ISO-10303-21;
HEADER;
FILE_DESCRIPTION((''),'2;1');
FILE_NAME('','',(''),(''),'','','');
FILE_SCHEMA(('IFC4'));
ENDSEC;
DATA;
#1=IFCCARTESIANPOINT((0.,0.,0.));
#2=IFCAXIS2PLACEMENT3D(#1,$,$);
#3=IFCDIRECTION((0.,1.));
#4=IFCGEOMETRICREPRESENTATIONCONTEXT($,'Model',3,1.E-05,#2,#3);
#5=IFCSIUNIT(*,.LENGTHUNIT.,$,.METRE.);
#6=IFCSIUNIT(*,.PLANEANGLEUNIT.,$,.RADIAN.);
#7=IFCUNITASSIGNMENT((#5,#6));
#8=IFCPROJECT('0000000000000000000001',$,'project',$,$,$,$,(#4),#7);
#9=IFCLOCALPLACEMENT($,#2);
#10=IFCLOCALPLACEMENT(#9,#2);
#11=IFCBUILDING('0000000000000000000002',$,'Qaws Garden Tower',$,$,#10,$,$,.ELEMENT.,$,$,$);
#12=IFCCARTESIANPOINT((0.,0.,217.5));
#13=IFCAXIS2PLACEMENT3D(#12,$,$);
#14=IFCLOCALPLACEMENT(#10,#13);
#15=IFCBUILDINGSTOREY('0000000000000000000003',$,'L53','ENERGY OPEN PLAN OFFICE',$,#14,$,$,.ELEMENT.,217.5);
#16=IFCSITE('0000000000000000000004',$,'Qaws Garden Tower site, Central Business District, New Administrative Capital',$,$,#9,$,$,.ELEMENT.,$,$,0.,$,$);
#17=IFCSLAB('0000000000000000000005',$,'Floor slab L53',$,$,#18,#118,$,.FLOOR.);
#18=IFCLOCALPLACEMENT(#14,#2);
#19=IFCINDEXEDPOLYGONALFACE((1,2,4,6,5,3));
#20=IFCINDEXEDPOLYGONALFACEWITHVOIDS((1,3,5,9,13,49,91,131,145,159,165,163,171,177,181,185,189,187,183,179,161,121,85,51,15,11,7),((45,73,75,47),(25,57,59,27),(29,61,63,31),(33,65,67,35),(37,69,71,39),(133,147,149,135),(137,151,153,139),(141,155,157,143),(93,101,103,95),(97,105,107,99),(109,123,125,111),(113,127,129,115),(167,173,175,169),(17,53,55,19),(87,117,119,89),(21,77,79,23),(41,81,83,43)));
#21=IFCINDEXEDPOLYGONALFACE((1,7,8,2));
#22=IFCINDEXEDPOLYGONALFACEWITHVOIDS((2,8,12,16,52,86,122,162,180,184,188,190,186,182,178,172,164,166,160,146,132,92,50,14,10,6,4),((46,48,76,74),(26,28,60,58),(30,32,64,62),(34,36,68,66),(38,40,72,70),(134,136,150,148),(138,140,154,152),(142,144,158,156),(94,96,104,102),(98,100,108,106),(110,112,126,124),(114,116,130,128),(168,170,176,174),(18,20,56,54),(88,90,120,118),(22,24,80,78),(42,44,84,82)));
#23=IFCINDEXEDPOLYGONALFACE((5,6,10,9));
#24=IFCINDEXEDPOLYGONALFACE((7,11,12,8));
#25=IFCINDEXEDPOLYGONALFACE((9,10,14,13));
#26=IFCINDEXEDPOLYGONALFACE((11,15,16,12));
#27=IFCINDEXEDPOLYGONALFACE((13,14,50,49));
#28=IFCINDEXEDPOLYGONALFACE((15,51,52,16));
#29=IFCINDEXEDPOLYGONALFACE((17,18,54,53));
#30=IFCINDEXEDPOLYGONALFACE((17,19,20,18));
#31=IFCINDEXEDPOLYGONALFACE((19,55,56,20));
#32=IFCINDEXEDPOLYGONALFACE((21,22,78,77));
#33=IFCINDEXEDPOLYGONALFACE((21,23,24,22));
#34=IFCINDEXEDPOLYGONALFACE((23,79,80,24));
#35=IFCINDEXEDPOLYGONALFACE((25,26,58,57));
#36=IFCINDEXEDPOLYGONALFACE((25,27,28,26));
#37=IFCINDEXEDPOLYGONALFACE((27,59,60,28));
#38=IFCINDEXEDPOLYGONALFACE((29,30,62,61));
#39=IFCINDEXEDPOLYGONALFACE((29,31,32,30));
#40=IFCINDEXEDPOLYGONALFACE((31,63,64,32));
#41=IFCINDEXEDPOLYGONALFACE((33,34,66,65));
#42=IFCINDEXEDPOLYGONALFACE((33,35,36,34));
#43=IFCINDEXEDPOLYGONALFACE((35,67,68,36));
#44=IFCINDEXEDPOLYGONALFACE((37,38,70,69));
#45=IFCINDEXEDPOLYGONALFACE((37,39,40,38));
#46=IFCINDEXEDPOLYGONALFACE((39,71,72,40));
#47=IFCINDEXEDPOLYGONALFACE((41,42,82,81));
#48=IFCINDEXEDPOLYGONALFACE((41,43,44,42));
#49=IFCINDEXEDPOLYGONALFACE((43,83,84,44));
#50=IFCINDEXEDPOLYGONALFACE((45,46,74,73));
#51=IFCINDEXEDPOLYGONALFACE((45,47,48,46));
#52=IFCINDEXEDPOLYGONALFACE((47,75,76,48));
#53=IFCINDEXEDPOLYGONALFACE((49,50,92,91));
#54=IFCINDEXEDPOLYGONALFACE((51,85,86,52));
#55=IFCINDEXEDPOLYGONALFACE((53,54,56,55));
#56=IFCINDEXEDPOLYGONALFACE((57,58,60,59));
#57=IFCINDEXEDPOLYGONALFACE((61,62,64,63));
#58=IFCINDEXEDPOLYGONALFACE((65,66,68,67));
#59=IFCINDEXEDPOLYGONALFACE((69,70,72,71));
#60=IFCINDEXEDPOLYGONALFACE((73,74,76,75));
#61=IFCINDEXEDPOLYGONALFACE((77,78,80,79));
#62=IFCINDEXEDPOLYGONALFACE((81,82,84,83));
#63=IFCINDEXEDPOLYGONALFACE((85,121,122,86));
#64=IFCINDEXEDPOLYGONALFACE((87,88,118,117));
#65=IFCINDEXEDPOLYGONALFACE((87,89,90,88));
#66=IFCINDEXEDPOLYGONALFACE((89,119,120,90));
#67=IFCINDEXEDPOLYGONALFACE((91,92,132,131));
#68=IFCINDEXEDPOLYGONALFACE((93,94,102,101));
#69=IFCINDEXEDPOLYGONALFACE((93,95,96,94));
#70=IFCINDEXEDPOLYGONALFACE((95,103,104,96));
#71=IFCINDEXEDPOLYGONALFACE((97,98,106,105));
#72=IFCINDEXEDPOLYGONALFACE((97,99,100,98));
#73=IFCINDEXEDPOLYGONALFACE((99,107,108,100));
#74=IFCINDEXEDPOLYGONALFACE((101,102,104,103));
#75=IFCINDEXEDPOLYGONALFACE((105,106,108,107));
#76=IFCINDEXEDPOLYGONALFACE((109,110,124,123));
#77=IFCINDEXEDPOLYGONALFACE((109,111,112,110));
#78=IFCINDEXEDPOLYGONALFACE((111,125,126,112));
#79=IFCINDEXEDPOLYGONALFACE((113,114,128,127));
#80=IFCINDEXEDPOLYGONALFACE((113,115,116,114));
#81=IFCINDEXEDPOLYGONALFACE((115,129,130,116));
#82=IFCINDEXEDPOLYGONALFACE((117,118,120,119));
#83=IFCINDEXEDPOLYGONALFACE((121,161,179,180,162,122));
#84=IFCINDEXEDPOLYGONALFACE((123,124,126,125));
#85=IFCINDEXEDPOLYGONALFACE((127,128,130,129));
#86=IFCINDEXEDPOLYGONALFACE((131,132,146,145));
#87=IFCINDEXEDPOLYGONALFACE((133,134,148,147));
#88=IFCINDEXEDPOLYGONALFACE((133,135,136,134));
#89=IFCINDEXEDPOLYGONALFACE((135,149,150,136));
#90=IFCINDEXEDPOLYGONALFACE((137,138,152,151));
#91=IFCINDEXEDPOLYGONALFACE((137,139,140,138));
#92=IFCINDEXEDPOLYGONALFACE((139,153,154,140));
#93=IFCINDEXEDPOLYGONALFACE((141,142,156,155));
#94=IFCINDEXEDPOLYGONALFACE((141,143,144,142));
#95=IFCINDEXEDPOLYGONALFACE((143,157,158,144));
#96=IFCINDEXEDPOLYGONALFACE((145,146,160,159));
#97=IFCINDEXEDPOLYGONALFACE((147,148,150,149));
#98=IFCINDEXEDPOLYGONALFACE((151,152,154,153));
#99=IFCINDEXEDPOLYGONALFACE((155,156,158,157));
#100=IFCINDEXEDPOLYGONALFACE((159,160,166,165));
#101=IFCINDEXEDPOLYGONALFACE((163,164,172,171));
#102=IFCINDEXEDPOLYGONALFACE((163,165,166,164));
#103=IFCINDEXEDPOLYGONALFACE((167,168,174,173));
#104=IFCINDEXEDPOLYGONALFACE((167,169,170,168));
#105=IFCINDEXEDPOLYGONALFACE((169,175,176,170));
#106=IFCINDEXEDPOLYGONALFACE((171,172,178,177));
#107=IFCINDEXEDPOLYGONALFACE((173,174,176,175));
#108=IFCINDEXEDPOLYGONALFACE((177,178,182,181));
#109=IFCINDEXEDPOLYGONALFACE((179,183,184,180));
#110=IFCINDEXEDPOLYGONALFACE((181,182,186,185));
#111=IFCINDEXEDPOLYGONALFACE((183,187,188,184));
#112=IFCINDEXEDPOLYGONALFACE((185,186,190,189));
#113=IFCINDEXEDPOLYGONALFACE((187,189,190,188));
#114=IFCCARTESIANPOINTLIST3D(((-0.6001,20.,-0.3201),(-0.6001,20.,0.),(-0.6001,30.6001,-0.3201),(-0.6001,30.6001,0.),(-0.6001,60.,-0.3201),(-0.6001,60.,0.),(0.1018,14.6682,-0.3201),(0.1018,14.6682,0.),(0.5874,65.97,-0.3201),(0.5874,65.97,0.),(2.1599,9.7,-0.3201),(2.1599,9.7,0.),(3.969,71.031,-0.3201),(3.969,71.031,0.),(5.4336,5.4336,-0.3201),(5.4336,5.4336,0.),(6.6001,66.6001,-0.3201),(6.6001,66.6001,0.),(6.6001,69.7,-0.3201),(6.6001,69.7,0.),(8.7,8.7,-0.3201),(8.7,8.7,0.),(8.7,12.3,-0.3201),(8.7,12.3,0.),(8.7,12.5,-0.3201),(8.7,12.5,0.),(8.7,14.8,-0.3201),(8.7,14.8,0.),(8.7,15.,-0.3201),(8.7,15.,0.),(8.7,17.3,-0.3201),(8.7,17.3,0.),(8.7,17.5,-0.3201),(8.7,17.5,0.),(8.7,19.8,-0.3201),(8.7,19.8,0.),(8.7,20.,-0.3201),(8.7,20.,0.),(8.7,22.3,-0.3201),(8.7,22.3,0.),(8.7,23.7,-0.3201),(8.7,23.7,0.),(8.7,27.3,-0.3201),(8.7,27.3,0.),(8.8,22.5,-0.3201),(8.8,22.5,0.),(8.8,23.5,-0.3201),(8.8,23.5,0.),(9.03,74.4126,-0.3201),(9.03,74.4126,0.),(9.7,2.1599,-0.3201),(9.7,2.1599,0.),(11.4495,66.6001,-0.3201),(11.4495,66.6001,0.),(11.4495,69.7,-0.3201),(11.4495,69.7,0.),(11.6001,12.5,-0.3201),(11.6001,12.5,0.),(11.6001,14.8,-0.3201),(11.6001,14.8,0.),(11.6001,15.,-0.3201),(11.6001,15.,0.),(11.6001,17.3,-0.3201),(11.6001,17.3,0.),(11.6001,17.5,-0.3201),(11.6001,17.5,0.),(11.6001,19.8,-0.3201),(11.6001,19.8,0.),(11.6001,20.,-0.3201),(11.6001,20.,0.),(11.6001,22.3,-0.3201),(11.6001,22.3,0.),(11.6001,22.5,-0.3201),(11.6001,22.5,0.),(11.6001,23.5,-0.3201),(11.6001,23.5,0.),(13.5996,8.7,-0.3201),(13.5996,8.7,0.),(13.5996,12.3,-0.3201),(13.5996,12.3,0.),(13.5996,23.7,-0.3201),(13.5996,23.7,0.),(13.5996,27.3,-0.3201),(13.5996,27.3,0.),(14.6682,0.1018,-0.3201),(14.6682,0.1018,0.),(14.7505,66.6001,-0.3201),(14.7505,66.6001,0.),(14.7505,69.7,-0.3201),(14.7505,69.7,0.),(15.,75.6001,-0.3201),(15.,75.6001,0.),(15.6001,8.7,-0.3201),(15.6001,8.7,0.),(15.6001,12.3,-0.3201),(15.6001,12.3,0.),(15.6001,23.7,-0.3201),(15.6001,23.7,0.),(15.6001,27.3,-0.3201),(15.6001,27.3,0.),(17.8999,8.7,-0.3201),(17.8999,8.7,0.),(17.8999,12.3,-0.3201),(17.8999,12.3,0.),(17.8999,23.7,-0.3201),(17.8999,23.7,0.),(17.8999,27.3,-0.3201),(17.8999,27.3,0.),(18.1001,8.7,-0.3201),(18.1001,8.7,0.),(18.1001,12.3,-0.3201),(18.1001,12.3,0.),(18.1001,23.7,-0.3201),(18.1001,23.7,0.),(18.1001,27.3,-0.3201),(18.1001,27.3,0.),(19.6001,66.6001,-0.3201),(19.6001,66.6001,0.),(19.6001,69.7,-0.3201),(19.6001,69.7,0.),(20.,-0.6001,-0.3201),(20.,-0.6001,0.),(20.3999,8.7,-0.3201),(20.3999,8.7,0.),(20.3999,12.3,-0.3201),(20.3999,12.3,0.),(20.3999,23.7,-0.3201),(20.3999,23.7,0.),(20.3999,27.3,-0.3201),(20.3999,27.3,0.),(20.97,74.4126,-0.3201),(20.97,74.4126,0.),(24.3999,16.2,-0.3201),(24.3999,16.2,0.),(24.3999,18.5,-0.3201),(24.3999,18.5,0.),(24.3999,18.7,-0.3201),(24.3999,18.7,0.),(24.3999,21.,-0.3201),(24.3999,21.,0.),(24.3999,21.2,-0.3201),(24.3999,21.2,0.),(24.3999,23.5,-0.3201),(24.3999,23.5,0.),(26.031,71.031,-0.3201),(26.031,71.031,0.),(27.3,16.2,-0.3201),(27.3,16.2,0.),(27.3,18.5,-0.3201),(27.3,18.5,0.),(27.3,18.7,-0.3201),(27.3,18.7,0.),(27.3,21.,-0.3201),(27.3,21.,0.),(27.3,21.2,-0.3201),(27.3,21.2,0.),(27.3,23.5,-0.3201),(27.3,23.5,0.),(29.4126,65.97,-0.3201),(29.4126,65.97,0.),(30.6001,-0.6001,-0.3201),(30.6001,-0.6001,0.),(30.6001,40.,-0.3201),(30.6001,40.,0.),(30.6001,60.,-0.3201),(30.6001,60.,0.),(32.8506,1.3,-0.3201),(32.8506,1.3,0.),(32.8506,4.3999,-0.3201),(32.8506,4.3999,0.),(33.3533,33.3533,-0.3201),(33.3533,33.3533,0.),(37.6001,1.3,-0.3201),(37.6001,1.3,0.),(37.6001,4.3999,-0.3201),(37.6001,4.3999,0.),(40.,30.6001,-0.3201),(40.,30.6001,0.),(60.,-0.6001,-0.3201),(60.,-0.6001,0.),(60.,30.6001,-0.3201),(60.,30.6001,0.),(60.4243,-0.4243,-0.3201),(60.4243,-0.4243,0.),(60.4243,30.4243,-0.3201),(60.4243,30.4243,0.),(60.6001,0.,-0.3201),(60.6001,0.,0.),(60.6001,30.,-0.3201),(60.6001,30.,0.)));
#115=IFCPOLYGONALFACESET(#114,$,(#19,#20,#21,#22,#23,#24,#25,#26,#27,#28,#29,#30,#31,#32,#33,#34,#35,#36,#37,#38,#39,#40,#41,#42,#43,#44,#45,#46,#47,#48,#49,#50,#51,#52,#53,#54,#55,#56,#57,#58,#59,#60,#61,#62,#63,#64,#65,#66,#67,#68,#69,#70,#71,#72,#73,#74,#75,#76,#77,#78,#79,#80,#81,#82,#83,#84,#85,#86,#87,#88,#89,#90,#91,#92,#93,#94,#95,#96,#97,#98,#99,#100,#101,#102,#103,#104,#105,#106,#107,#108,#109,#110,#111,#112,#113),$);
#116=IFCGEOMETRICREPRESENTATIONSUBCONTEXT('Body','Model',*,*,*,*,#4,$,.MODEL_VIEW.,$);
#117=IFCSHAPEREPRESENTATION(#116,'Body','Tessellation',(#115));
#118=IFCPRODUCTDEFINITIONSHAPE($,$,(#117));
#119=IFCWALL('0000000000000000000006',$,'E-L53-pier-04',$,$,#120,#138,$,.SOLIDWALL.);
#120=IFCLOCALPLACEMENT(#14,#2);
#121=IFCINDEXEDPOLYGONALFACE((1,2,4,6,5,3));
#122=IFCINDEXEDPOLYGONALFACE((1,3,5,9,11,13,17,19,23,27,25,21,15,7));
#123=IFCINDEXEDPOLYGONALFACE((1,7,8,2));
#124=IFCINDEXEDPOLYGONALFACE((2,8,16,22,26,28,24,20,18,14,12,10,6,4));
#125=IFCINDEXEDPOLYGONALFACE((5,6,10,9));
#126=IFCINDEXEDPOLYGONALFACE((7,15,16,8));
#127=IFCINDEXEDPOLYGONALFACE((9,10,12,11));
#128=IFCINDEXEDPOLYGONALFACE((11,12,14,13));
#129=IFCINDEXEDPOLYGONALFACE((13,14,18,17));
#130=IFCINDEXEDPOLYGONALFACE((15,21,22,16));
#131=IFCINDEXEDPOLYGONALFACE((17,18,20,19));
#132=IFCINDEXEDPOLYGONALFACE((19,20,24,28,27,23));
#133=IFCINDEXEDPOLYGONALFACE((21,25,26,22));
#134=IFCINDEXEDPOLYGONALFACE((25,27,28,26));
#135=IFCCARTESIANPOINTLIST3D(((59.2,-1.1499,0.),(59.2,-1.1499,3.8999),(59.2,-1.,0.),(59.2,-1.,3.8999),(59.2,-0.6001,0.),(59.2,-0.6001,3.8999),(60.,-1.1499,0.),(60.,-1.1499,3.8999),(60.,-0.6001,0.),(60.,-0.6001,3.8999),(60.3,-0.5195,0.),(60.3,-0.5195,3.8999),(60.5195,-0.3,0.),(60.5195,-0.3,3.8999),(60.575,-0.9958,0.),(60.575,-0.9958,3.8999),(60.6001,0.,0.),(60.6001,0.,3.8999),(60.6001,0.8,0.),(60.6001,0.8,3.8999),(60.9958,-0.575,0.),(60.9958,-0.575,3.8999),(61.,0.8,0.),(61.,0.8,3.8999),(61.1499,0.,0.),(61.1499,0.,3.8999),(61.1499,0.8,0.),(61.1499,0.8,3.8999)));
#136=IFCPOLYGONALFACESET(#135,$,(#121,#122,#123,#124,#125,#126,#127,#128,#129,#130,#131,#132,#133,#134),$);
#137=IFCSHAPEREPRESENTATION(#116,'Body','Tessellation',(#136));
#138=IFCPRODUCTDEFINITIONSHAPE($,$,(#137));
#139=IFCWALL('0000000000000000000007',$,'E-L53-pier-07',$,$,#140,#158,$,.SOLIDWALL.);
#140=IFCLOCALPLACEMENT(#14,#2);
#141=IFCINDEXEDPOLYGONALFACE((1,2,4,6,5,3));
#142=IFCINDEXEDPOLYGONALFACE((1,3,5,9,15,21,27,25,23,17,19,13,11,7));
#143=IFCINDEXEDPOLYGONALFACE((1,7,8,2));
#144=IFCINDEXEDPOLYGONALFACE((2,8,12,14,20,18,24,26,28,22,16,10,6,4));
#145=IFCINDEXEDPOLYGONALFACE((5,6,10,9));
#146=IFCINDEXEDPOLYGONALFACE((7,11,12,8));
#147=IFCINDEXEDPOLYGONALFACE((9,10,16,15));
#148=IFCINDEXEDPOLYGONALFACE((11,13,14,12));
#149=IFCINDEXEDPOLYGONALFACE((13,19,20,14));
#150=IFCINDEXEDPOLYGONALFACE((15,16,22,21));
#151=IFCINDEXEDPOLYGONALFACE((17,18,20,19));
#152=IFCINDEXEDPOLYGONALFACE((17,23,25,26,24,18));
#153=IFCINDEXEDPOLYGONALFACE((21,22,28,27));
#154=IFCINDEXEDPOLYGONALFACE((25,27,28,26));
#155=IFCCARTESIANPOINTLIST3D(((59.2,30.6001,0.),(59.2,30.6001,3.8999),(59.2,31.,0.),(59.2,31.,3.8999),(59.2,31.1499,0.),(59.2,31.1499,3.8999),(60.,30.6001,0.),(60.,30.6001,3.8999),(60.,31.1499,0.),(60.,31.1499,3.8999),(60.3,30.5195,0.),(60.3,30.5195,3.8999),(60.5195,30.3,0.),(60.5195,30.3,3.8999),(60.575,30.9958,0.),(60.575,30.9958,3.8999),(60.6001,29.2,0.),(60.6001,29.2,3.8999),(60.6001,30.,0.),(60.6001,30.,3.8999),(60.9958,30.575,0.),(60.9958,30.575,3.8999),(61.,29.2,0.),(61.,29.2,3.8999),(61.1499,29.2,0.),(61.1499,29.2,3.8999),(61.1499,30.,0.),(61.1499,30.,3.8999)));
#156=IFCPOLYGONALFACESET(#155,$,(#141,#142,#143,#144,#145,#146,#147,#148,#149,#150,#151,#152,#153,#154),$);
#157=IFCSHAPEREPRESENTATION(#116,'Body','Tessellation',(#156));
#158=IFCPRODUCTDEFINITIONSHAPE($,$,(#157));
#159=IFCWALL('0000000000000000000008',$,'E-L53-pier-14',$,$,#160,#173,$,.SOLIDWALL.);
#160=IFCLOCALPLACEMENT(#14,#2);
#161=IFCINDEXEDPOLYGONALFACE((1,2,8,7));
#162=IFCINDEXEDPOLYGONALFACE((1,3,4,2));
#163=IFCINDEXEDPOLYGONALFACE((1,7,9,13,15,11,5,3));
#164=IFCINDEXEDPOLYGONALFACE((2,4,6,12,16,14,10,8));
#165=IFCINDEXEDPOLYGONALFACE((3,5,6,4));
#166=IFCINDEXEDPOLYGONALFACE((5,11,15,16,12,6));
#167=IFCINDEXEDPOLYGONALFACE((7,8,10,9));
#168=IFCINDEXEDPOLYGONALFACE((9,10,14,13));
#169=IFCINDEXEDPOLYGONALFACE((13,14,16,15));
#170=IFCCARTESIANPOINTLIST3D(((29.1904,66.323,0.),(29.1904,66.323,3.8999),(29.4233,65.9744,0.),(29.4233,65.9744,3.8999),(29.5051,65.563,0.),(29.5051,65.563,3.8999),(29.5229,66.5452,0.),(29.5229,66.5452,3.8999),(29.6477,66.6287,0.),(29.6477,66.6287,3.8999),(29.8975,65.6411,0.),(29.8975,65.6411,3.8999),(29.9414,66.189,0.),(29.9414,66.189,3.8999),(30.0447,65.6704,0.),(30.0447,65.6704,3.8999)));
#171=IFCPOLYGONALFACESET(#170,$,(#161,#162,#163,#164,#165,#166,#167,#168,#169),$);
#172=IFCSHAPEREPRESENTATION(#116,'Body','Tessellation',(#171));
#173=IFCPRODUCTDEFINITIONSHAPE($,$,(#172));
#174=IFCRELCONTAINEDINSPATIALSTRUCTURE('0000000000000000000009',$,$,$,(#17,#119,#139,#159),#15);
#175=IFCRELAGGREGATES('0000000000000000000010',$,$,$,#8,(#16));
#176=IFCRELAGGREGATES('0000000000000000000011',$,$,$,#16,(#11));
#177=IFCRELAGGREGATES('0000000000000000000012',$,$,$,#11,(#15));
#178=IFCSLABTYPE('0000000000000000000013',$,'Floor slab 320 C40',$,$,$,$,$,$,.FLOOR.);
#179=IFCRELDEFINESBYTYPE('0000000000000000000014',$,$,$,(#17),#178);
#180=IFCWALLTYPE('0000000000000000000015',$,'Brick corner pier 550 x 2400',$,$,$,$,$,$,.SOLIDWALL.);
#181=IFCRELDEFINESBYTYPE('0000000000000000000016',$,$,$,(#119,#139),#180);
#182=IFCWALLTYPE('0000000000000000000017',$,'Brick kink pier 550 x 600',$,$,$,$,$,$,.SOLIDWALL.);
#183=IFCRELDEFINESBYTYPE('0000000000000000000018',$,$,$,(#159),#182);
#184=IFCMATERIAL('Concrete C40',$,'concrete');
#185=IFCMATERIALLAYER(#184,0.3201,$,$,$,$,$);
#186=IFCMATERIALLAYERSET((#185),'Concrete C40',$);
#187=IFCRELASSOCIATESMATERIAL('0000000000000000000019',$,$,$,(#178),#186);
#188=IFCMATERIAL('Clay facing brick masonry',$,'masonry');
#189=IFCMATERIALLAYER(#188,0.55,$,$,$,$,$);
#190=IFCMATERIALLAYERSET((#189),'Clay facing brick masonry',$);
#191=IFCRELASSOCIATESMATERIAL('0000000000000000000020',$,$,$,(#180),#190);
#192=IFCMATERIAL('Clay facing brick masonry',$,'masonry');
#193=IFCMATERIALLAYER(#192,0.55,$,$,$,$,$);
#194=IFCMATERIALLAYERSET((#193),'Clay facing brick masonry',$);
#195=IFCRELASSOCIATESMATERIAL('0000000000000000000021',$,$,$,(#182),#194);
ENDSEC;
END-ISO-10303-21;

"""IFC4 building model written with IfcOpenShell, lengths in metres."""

from ifc_helpers import new_model, si_unit, direction, frame, origin, place, context, subcontext, project, spatial, polyline, outline, extrude, material, layer, layer_set, type_object, element, save


model = new_model("IFC4")

# Units and contexts
model_context = context("Model", 3, precision=1e-05, world=origin(), true_north=direction((0.0, 1.0)))
body_context = subcontext(model_context, "Body", "Model", "MODEL_VIEW")
ifc_project = project(units=[si_unit("LENGTHUNIT", "METRE"), si_unit("PLANEANGLEUNIT", "RADIAN")], contexts=[model_context])

# Site, building, storey
site_placement = place(None, origin())
site = spatial("IfcSite", under=ifc_project, at=site_placement, Name="Qaws Garden Tower site, Central Business District, New Administrative Capital", CompositionType="ELEMENT", RefElevation=0.0)
building_placement = place(site_placement, origin())
building = spatial("IfcBuilding", under=site, at=building_placement, Name="Qaws Garden Tower", CompositionType="ELEMENT")
storey_placement = place(building_placement, frame((0.0, 0.0, 217.5)))
storey = spatial("IfcBuildingStorey", under=building, at=storey_placement, Name="L53", Description="ENERGY OPEN PLAN OFFICE", CompositionType="ELEMENT", Elevation=217.5)

# Slab
ifc_material_1 = material(Name="Concrete C40", Category="concrete")
ifc_layer_1 = layer(ifc_material_1, 0.3201)
ifc_layer_set_1 = layer_set([ifc_layer_1], Name="Concrete C40")
slab_type = type_object("IfcSlabType", Name="Floor slab 320 C40", PredefinedType="FLOOR", material=ifc_layer_set_1)
slab_placement = place(storey_placement, frame((0.0, 0.0, -0.3201)))
element("IfcSlab", 1, at=slab_placement, inside=storey, type_object=slab_type, Name="Floor slab L53", PredefinedType="FLOOR", context=body_context, shape_type="SweptSolid", body=[
    extrude(outline(polyline([(0.1018, 14.6682), (-0.6001, 20.0), (-0.6001, 30.6001), (-0.6001, 60.0), (-0.6001, 60.0), (0.5874, 65.97), (3.969, 71.031), (9.03, 74.4126), (15.0, 75.6001), (20.97, 74.4126), (26.031, 71.031), (29.4126, 65.97), (30.6001, 60.0), (30.6001, 40.0), (33.3533, 33.3533), (40.0, 30.6001), (60.0, 30.6001), (60.4243, 30.4243), (60.6001, 30.0), (60.6001, 0.0), (60.4243, -0.4243), (60.0, -0.6001), (30.6001, -0.6001), (20.0, -0.6001), (14.6682, 0.1018), (9.7, 2.1599), (5.4336, 5.4336), (2.1599, 9.7), (0.1018, 14.6682)]), holes=[polyline([(13.5996, 12.3), (8.7, 12.3), (8.7, 8.7), (13.5996, 8.7), (13.5996, 12.3)]), polyline([(17.8999, 12.3), (15.6001, 12.3), (15.6001, 8.7), (17.8999, 8.7), (17.8999, 12.3)]), polyline([(11.6001, 14.8), (8.7, 14.8), (8.7, 12.5), (11.6001, 12.5), (11.6001, 14.8)]), polyline([(11.6001, 17.3), (8.7, 17.3), (8.7, 15.0), (11.6001, 15.0), (11.6001, 17.3)]), polyline([(11.6001, 19.8), (8.7, 19.8), (8.7, 17.5), (11.6001, 17.5), (11.6001, 19.8)]), polyline([(11.6001, 22.3), (8.7, 22.3), (8.7, 20.0), (11.6001, 20.0), (11.6001, 22.3)]), polyline([(11.6001, 23.5), (8.8, 23.5), (8.8, 22.5), (11.6001, 22.5), (11.6001, 23.5)]), polyline([(13.5996, 27.3), (8.7, 27.3), (8.7, 23.7), (13.5996, 23.7), (13.5996, 27.3)]), polyline([(11.4495, 69.7), (6.6001, 69.7), (6.6001, 66.6001), (11.4495, 66.6001), (11.4495, 69.7)]), polyline([(37.6001, 4.3999), (32.8506, 4.3999), (32.8506, 1.3), (37.6001, 1.3), (37.6001, 4.3999)]), polyline([(20.3999, 12.3), (18.1001, 12.3), (18.1001, 8.7), (20.3999, 8.7), (20.3999, 12.3)]), polyline([(27.3, 18.5), (24.3999, 18.5), (24.3999, 16.2), (27.3, 16.2), (27.3, 18.5)]), polyline([(27.3, 21.0), (24.3999, 21.0), (24.3999, 18.7), (27.3, 18.7), (27.3, 21.0)]), polyline([(27.3, 23.5), (24.3999, 23.5), (24.3999, 21.2), (27.3, 21.2), (27.3, 23.5)]), polyline([(17.8999, 27.3), (15.6001, 27.3), (15.6001, 23.7), (17.8999, 23.7), (17.8999, 27.3)]), polyline([(20.3999, 23.7), (20.3999, 27.3), (18.1001, 27.3), (18.1001, 23.7), (20.3999, 23.7)]), polyline([(19.6001, 66.6001), (19.6001, 69.7), (14.7505, 69.7), (14.7505, 66.6001), (19.6001, 66.6001)])]), origin(), (0.0, 0.0, 1.0), 0.3201),
])

# Walls
ifc_material_2 = material(Name="Clay facing brick masonry", Category="masonry")
ifc_layer_2 = layer(ifc_material_2, 0.55)
ifc_layer_set_2 = layer_set([ifc_layer_2], Name="Clay facing brick masonry")
wall_type_1 = type_object("IfcWallType", Name="Brick corner pier 550 x 2400", PredefinedType="SOLIDWALL", material=ifc_layer_set_2)
placement = place(storey_placement, origin())
element("IfcWall", 2, at=placement, inside=storey, type_object=wall_type_1, Name="E-L53-pier-04", PredefinedType="SOLIDWALL", context=body_context, shape_type="SweptSolid", body=[
    extrude(outline(polyline([(59.2, -1.0), (59.2, -1.1499), (60.0, -1.1499), (60.575, -0.9958), (60.9958, -0.575), (61.1499, 0.0), (61.1499, 0.8), (61.0, 0.8), (60.6001, 0.8), (60.6001, 0.0), (60.5195, -0.3), (60.3, -0.5195), (60.0, -0.6001), (59.2, -0.6001), (59.2, -1.0)])), origin(), (0.0, 0.0, 1.0), 3.8999),
])
element("IfcWall", 3, at=placement, inside=storey, type_object=wall_type_1, Name="E-L53-pier-07", PredefinedType="SOLIDWALL", context=body_context, shape_type="SweptSolid", body=[
    extrude(outline(polyline([(61.0, 29.2), (61.1499, 29.2), (61.1499, 30.0), (60.9958, 30.575), (60.575, 30.9958), (60.0, 31.1499), (59.2, 31.1499), (59.2, 31.0), (59.2, 30.6001), (60.0, 30.6001), (60.3, 30.5195), (60.5195, 30.3), (60.6001, 30.0), (60.6001, 29.2), (61.0, 29.2)])), origin(), (0.0, 0.0, 1.0), 3.8999),
])
ifc_material_3 = material(Name="Clay facing brick masonry", Category="masonry")
ifc_layer_3 = layer(ifc_material_3, 0.55)
ifc_layer_set_3 = layer_set([ifc_layer_3], Name="Clay facing brick masonry")
wall_type_2 = type_object("IfcWallType", Name="Brick kink pier 550 x 600", PredefinedType="SOLIDWALL", material=ifc_layer_set_3)
element("IfcWall", 4, at=placement, inside=storey, type_object=wall_type_2, Name="E-L53-pier-14", PredefinedType="SOLIDWALL", context=body_context, shape_type="SweptSolid", body=[
    extrude(outline(polyline([(29.8975, 65.6411), (30.0447, 65.6704), (29.9414, 66.189), (29.6477, 66.6287), (29.5229, 66.5452), (29.1904, 66.323), (29.4233, 65.9744), (29.5051, 65.563), (29.8975, 65.6411)])), origin(), (0.0, 0.0, 1.0), 3.8999),
])

save(model, "model.ifc")
